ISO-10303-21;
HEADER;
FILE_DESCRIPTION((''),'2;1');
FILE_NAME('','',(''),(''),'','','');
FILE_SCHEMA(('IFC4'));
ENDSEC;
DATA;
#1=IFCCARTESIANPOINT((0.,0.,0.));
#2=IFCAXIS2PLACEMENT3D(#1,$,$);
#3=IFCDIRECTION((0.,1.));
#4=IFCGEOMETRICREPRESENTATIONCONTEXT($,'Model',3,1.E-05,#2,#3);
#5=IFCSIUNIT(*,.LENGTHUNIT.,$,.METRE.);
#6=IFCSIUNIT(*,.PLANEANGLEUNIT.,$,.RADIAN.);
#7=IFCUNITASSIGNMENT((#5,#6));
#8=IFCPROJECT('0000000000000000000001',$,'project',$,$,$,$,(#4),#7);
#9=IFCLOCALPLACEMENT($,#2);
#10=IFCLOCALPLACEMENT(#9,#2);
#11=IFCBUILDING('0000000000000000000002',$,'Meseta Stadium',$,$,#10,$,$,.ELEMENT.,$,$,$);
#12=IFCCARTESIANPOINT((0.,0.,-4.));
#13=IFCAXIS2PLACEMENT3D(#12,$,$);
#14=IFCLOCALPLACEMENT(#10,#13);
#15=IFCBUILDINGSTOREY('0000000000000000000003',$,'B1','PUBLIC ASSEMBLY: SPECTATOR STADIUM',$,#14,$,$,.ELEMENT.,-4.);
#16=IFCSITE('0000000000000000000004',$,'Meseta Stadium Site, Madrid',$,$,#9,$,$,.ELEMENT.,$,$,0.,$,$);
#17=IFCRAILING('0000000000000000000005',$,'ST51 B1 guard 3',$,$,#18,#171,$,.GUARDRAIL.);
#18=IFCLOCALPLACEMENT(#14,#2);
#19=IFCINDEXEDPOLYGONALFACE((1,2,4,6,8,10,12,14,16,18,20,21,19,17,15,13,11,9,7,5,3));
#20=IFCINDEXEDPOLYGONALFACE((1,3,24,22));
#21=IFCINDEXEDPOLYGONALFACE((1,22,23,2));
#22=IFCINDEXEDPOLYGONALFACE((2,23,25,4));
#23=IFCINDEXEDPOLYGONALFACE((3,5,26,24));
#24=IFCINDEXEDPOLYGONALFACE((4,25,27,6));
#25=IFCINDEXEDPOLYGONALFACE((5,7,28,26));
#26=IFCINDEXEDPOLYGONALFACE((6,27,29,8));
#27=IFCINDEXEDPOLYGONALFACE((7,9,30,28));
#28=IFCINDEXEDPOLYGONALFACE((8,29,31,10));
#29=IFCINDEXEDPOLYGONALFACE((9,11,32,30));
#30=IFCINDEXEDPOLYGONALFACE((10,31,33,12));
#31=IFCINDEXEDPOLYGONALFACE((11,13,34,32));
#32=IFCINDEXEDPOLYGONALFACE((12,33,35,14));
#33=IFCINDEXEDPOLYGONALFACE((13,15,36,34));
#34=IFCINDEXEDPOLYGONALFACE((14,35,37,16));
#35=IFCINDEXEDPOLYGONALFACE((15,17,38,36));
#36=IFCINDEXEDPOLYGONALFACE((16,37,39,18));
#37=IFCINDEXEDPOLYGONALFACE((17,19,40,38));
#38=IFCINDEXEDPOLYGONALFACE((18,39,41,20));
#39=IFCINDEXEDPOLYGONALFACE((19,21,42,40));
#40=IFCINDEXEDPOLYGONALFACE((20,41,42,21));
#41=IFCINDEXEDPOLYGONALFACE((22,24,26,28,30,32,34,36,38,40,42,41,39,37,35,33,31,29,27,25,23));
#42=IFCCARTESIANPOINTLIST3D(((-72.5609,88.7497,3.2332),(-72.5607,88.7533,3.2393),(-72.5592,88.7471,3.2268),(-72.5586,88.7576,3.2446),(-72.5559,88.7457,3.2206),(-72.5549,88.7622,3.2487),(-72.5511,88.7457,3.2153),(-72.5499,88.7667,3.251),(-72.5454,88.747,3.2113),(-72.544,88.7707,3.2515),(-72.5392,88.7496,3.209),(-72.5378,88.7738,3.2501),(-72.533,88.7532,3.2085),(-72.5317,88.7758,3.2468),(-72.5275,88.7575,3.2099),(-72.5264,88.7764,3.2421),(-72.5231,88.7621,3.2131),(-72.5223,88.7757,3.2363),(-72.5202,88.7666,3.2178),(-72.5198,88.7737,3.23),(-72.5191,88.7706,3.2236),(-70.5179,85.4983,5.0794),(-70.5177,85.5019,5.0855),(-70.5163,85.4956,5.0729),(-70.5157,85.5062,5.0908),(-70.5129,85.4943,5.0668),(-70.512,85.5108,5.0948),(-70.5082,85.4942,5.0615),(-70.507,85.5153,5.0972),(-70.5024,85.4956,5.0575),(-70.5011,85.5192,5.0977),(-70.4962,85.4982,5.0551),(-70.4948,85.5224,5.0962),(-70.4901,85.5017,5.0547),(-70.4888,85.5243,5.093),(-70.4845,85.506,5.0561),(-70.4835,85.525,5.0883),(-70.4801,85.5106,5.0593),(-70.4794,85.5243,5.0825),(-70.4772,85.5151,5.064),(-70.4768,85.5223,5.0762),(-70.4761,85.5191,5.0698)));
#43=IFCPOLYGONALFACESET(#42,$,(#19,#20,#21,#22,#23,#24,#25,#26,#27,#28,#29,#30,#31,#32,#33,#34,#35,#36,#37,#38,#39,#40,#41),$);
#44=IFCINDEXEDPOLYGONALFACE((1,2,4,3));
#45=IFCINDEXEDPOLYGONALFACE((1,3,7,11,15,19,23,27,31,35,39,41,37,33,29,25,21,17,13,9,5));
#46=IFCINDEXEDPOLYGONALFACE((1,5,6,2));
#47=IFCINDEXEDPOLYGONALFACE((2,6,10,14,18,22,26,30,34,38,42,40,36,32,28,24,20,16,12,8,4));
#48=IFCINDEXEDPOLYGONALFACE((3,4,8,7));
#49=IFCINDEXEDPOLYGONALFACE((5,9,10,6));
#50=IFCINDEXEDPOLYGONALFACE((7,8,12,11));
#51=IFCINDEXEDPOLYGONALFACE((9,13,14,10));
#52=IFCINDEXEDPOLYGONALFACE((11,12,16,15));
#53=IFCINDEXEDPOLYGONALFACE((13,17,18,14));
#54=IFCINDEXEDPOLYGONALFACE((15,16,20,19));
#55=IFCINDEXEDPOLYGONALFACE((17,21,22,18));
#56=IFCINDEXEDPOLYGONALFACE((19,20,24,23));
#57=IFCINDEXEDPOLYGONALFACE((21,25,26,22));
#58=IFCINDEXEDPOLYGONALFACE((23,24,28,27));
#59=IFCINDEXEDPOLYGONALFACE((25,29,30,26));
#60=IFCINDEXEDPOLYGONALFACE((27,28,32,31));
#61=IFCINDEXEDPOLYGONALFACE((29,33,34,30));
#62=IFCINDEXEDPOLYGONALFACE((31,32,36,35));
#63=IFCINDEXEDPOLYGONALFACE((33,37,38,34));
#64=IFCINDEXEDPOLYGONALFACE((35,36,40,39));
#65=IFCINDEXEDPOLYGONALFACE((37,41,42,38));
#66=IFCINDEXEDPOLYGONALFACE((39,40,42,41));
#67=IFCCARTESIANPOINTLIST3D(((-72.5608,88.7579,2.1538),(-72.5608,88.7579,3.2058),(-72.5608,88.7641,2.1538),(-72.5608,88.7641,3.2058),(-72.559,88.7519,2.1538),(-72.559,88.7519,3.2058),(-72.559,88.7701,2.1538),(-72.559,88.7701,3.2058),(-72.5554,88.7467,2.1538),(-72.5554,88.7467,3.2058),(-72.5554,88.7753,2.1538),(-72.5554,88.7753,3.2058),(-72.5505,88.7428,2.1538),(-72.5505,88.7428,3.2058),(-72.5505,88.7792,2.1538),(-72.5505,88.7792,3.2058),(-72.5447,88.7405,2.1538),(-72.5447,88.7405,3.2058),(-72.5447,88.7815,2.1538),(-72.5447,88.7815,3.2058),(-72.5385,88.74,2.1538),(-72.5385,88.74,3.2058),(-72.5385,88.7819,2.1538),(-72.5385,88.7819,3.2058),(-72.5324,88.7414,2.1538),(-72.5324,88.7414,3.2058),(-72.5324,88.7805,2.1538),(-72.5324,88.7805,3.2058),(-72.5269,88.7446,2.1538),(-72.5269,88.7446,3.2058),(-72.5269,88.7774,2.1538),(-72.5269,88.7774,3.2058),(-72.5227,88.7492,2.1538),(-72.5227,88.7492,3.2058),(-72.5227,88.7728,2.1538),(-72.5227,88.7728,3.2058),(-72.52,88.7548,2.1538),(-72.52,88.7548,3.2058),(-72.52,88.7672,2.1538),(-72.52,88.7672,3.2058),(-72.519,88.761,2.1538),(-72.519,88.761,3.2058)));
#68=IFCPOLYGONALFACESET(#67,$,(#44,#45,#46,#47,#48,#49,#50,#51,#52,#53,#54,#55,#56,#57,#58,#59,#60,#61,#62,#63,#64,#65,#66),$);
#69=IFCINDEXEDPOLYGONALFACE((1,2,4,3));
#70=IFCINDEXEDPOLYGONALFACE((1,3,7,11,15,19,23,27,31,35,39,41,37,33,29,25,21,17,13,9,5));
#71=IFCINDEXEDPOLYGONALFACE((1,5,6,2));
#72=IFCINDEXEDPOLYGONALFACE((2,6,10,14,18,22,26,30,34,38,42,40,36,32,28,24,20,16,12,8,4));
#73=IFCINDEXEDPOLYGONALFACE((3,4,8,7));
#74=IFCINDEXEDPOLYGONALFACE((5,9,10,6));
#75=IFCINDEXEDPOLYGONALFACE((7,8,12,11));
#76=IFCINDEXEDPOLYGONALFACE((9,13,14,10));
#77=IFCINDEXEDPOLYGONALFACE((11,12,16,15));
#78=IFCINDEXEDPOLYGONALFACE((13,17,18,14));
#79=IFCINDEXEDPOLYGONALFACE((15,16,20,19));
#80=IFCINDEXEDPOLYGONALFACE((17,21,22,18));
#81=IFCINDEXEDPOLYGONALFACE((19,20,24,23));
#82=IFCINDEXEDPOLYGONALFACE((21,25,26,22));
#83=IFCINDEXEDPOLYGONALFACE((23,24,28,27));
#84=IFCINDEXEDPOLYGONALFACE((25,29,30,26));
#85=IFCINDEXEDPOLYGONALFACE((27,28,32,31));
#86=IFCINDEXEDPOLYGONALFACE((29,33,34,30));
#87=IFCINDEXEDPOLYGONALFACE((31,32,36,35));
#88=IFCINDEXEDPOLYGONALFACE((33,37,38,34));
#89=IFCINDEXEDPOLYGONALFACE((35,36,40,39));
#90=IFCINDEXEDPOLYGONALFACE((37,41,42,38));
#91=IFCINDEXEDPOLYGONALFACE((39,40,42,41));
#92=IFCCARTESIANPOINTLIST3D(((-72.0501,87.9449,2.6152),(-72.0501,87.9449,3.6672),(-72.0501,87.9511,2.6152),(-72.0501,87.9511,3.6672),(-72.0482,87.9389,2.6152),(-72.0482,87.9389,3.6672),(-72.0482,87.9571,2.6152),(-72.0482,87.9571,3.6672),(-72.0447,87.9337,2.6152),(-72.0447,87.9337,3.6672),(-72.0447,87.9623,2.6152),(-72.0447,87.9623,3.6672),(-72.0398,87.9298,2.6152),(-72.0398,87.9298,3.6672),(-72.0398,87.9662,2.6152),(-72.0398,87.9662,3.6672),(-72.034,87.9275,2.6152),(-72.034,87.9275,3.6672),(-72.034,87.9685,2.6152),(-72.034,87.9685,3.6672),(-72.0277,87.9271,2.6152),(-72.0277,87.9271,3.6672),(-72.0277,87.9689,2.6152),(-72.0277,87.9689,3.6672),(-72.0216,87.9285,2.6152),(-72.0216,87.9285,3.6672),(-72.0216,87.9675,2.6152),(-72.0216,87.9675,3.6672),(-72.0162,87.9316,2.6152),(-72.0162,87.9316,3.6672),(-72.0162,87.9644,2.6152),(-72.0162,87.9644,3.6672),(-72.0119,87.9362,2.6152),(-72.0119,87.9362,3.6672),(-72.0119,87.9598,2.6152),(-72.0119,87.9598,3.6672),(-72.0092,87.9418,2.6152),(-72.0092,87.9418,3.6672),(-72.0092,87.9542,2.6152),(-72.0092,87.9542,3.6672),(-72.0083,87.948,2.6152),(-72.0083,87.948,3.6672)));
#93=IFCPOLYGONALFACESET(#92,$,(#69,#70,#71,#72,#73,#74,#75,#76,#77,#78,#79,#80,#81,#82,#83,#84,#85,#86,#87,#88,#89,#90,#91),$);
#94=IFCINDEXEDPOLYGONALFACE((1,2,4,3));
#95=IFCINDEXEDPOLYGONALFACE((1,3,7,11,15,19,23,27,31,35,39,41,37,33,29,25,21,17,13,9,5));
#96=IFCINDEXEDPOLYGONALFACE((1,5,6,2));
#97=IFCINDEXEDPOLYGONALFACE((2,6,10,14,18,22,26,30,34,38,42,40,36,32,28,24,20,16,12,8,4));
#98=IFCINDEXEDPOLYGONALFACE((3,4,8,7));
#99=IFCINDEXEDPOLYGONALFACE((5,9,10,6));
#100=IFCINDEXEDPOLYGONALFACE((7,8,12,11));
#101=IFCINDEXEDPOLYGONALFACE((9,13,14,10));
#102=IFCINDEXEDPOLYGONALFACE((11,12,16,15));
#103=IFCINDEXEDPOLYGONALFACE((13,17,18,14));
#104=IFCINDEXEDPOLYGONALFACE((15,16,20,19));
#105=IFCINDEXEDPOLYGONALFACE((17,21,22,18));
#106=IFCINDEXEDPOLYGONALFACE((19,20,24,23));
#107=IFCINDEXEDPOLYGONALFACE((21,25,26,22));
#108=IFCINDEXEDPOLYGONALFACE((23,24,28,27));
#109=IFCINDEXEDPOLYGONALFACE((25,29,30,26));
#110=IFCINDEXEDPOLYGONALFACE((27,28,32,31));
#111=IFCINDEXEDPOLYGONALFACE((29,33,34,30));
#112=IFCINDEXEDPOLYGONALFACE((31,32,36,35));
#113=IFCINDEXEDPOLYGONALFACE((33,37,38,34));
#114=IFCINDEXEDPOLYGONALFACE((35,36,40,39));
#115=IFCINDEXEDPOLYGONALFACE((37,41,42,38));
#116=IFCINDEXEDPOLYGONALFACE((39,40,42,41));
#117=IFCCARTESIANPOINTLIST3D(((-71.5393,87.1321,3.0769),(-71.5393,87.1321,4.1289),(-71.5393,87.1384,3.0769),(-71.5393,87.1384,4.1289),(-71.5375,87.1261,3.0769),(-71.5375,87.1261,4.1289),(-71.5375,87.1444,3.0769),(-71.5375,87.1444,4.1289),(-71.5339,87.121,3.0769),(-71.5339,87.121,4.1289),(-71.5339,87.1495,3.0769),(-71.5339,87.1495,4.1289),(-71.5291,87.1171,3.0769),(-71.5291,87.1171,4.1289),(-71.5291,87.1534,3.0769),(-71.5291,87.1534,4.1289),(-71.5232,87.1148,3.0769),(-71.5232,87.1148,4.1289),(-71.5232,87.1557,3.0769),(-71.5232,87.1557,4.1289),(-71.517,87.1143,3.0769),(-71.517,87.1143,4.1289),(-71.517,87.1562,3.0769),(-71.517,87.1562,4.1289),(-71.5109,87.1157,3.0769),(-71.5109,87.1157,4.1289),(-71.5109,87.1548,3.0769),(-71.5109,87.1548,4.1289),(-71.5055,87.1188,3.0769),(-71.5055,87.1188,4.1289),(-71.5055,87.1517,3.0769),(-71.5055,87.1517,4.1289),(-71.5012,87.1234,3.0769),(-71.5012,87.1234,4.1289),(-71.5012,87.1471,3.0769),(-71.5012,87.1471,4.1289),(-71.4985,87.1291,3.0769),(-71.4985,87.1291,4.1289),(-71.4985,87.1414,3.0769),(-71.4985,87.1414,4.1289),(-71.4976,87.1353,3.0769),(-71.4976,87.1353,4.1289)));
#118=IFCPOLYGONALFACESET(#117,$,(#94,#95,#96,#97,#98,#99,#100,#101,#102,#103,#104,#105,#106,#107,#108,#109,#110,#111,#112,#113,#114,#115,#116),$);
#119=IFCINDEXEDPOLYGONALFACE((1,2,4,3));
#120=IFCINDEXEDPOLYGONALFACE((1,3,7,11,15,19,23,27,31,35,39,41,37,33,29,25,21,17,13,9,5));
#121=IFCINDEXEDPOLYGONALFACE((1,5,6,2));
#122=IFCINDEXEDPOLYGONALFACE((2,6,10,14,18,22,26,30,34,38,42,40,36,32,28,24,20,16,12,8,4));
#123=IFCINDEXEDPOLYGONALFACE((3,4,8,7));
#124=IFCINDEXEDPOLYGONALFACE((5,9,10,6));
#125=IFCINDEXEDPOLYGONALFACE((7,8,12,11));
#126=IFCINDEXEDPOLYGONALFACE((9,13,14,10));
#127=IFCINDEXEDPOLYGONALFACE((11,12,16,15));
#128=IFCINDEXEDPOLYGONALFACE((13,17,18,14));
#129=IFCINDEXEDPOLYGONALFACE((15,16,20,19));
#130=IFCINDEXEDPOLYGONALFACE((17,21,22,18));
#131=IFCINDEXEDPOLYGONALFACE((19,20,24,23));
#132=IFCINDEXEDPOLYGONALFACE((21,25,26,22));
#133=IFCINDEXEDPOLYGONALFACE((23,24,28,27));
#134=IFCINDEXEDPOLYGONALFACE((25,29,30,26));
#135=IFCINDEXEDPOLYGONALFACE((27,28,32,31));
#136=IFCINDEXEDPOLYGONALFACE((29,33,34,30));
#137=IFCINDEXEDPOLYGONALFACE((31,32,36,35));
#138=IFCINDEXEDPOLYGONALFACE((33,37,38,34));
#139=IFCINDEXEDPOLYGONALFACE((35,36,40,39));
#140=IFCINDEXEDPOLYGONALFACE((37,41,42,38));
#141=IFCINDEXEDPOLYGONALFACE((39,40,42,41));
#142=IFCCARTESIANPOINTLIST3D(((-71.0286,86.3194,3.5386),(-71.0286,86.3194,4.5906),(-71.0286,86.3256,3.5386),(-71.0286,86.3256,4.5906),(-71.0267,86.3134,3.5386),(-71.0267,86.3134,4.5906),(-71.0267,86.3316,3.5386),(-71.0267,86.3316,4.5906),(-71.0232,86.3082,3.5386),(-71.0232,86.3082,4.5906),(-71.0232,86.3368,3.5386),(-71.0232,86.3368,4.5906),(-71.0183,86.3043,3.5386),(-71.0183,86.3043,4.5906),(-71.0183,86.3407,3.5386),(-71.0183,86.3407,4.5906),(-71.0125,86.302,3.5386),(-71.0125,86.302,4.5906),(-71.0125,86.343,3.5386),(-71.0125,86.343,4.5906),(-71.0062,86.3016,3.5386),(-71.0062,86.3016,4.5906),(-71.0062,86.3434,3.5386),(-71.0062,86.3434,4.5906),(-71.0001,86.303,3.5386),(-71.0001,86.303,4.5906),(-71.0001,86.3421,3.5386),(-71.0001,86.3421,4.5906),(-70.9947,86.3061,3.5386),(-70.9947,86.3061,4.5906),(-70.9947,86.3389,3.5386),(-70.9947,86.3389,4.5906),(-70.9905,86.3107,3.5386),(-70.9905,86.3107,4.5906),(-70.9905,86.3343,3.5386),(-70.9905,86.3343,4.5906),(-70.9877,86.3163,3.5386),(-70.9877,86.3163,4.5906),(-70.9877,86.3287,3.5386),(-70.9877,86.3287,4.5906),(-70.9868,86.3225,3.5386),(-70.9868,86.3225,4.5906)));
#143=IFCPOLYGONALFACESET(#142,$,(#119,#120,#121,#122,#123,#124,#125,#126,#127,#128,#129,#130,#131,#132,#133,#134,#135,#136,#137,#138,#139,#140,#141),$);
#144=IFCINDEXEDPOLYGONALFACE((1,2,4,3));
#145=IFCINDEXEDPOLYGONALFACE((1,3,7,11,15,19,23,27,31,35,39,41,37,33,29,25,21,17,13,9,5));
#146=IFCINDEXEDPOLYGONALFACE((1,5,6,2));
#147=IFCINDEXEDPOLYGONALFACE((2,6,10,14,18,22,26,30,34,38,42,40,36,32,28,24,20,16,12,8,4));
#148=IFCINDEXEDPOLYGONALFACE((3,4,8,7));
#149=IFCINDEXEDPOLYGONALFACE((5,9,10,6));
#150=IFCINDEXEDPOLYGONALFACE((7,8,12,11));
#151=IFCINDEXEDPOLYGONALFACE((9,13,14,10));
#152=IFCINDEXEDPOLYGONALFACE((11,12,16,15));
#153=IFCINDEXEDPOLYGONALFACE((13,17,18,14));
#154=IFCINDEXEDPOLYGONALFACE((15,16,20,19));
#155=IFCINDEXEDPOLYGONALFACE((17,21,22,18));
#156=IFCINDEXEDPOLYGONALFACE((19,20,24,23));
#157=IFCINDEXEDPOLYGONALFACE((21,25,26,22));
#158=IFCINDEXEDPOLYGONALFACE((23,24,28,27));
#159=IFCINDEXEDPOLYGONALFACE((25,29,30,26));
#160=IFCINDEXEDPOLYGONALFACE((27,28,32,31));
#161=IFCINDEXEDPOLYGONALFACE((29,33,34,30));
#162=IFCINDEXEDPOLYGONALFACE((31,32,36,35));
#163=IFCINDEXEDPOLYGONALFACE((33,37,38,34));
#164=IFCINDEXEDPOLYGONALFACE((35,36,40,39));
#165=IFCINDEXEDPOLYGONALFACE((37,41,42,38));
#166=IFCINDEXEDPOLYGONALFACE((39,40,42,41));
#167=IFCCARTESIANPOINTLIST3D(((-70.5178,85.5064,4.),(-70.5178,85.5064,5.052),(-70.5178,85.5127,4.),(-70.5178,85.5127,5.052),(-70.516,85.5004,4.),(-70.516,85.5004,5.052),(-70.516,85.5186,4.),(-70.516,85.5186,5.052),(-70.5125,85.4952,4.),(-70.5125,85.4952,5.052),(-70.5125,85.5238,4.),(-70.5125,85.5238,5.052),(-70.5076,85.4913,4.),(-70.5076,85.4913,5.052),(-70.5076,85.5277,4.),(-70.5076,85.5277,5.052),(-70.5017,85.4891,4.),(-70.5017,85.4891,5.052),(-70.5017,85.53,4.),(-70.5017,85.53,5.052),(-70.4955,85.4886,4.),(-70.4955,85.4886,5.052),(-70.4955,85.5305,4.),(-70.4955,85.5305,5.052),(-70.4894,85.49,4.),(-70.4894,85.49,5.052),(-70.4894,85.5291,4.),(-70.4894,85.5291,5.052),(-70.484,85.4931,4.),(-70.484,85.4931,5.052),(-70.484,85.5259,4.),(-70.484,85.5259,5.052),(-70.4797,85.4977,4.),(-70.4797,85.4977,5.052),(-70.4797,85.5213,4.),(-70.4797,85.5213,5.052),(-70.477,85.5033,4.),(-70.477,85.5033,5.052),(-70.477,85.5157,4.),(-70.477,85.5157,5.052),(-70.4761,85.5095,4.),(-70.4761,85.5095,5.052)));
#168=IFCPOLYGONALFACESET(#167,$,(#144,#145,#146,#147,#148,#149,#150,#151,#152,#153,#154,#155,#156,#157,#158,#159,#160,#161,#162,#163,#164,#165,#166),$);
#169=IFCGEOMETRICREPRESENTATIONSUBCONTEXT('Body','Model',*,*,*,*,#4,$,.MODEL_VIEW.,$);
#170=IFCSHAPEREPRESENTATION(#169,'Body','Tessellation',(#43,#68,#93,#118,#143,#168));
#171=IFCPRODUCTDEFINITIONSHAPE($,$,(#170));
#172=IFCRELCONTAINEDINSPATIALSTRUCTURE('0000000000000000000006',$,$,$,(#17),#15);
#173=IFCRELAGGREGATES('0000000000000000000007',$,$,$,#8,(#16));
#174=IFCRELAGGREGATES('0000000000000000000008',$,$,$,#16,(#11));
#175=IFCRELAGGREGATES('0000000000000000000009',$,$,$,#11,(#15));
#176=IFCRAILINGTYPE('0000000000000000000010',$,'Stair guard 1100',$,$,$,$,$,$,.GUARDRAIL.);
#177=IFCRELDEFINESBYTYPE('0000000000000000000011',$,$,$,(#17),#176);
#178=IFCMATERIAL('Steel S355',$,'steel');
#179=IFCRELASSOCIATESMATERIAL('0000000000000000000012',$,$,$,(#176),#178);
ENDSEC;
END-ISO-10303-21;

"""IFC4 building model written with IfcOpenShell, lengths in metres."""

from ifc_helpers import new_model, si_unit, direction, frame, origin, origin_2d, place, context, subcontext, project, spatial, circle, extrude, material, type_object, element, save


model = new_model("IFC4")

# Units and contexts
model_context = context("Model", 3, precision=1e-05, world=origin(), true_north=direction((0.0, 1.0)))
body_context = subcontext(model_context, "Body", "Model", "MODEL_VIEW")
ifc_project = project(units=[si_unit("LENGTHUNIT", "METRE"), si_unit("PLANEANGLEUNIT", "RADIAN")], contexts=[model_context])

# Site, building, storey
site_placement = place(None, origin())
site = spatial("IfcSite", under=ifc_project, at=site_placement, Name="Meseta Stadium Site, Madrid", CompositionType="ELEMENT", RefElevation=0.0)
building_placement = place(site_placement, origin())
building = spatial("IfcBuilding", under=site, at=building_placement, Name="Meseta Stadium", CompositionType="ELEMENT")
storey_placement = place(building_placement, frame((0.0, 0.0, -4.0)))
storey = spatial("IfcBuildingStorey", under=building, at=storey_placement, Name="B1", Description="PUBLIC ASSEMBLY: SPECTATOR STADIUM", CompositionType="ELEMENT", Elevation=-4.0)

# Railing
ifc_material_1 = material(Name="Steel S355", Category="steel")
railing_type_1 = type_object("IfcRailingType", Name="Stair guard 1100", PredefinedType="GUARDRAIL", material=ifc_material_1)
railing_1_placement = place(storey_placement, frame((-72.54, 88.761, 2.1538)))
element("IfcRailing", 1, at=railing_1_placement, inside=storey, type_object=railing_type_1, Name="ST51 B1 guard 3", PredefinedType="GUARDRAIL", context=body_context, shape_type="SweptSolid", body=[
    extrude(circle(Radius=0.0239, at=origin_2d()), frame((0.0, 0.0, 1.0762), z_axis=(0.479483, -0.763117, 0.4333), x_axis=(0.846731, 0.53202, 0.0)), (0.0, 0.0, 1.0), 4.2607),
    extrude(circle(Radius=0.021, at=origin_2d()), origin(), (0.0, 0.0, 1.0), 1.052),
    extrude(circle(Radius=0.021, at=origin_2d()), frame((0.5107, -0.813, 0.4614)), (0.0, 0.0, 1.0), 1.052),
    extrude(circle(Radius=0.021, at=origin_2d()), frame((1.0215, -1.6257, 0.9231)), (0.0, 0.0, 1.0), 1.052),
    extrude(circle(Radius=0.021, at=origin_2d()), frame((1.5322, -2.4385, 1.3848)), (0.0, 0.0, 1.0), 1.052),
    extrude(circle(Radius=0.021, at=origin_2d()), frame((2.043, -3.2515, 1.8462)), (0.0, 0.0, 1.0), 1.052),
])

save(model, "model.ifc")
